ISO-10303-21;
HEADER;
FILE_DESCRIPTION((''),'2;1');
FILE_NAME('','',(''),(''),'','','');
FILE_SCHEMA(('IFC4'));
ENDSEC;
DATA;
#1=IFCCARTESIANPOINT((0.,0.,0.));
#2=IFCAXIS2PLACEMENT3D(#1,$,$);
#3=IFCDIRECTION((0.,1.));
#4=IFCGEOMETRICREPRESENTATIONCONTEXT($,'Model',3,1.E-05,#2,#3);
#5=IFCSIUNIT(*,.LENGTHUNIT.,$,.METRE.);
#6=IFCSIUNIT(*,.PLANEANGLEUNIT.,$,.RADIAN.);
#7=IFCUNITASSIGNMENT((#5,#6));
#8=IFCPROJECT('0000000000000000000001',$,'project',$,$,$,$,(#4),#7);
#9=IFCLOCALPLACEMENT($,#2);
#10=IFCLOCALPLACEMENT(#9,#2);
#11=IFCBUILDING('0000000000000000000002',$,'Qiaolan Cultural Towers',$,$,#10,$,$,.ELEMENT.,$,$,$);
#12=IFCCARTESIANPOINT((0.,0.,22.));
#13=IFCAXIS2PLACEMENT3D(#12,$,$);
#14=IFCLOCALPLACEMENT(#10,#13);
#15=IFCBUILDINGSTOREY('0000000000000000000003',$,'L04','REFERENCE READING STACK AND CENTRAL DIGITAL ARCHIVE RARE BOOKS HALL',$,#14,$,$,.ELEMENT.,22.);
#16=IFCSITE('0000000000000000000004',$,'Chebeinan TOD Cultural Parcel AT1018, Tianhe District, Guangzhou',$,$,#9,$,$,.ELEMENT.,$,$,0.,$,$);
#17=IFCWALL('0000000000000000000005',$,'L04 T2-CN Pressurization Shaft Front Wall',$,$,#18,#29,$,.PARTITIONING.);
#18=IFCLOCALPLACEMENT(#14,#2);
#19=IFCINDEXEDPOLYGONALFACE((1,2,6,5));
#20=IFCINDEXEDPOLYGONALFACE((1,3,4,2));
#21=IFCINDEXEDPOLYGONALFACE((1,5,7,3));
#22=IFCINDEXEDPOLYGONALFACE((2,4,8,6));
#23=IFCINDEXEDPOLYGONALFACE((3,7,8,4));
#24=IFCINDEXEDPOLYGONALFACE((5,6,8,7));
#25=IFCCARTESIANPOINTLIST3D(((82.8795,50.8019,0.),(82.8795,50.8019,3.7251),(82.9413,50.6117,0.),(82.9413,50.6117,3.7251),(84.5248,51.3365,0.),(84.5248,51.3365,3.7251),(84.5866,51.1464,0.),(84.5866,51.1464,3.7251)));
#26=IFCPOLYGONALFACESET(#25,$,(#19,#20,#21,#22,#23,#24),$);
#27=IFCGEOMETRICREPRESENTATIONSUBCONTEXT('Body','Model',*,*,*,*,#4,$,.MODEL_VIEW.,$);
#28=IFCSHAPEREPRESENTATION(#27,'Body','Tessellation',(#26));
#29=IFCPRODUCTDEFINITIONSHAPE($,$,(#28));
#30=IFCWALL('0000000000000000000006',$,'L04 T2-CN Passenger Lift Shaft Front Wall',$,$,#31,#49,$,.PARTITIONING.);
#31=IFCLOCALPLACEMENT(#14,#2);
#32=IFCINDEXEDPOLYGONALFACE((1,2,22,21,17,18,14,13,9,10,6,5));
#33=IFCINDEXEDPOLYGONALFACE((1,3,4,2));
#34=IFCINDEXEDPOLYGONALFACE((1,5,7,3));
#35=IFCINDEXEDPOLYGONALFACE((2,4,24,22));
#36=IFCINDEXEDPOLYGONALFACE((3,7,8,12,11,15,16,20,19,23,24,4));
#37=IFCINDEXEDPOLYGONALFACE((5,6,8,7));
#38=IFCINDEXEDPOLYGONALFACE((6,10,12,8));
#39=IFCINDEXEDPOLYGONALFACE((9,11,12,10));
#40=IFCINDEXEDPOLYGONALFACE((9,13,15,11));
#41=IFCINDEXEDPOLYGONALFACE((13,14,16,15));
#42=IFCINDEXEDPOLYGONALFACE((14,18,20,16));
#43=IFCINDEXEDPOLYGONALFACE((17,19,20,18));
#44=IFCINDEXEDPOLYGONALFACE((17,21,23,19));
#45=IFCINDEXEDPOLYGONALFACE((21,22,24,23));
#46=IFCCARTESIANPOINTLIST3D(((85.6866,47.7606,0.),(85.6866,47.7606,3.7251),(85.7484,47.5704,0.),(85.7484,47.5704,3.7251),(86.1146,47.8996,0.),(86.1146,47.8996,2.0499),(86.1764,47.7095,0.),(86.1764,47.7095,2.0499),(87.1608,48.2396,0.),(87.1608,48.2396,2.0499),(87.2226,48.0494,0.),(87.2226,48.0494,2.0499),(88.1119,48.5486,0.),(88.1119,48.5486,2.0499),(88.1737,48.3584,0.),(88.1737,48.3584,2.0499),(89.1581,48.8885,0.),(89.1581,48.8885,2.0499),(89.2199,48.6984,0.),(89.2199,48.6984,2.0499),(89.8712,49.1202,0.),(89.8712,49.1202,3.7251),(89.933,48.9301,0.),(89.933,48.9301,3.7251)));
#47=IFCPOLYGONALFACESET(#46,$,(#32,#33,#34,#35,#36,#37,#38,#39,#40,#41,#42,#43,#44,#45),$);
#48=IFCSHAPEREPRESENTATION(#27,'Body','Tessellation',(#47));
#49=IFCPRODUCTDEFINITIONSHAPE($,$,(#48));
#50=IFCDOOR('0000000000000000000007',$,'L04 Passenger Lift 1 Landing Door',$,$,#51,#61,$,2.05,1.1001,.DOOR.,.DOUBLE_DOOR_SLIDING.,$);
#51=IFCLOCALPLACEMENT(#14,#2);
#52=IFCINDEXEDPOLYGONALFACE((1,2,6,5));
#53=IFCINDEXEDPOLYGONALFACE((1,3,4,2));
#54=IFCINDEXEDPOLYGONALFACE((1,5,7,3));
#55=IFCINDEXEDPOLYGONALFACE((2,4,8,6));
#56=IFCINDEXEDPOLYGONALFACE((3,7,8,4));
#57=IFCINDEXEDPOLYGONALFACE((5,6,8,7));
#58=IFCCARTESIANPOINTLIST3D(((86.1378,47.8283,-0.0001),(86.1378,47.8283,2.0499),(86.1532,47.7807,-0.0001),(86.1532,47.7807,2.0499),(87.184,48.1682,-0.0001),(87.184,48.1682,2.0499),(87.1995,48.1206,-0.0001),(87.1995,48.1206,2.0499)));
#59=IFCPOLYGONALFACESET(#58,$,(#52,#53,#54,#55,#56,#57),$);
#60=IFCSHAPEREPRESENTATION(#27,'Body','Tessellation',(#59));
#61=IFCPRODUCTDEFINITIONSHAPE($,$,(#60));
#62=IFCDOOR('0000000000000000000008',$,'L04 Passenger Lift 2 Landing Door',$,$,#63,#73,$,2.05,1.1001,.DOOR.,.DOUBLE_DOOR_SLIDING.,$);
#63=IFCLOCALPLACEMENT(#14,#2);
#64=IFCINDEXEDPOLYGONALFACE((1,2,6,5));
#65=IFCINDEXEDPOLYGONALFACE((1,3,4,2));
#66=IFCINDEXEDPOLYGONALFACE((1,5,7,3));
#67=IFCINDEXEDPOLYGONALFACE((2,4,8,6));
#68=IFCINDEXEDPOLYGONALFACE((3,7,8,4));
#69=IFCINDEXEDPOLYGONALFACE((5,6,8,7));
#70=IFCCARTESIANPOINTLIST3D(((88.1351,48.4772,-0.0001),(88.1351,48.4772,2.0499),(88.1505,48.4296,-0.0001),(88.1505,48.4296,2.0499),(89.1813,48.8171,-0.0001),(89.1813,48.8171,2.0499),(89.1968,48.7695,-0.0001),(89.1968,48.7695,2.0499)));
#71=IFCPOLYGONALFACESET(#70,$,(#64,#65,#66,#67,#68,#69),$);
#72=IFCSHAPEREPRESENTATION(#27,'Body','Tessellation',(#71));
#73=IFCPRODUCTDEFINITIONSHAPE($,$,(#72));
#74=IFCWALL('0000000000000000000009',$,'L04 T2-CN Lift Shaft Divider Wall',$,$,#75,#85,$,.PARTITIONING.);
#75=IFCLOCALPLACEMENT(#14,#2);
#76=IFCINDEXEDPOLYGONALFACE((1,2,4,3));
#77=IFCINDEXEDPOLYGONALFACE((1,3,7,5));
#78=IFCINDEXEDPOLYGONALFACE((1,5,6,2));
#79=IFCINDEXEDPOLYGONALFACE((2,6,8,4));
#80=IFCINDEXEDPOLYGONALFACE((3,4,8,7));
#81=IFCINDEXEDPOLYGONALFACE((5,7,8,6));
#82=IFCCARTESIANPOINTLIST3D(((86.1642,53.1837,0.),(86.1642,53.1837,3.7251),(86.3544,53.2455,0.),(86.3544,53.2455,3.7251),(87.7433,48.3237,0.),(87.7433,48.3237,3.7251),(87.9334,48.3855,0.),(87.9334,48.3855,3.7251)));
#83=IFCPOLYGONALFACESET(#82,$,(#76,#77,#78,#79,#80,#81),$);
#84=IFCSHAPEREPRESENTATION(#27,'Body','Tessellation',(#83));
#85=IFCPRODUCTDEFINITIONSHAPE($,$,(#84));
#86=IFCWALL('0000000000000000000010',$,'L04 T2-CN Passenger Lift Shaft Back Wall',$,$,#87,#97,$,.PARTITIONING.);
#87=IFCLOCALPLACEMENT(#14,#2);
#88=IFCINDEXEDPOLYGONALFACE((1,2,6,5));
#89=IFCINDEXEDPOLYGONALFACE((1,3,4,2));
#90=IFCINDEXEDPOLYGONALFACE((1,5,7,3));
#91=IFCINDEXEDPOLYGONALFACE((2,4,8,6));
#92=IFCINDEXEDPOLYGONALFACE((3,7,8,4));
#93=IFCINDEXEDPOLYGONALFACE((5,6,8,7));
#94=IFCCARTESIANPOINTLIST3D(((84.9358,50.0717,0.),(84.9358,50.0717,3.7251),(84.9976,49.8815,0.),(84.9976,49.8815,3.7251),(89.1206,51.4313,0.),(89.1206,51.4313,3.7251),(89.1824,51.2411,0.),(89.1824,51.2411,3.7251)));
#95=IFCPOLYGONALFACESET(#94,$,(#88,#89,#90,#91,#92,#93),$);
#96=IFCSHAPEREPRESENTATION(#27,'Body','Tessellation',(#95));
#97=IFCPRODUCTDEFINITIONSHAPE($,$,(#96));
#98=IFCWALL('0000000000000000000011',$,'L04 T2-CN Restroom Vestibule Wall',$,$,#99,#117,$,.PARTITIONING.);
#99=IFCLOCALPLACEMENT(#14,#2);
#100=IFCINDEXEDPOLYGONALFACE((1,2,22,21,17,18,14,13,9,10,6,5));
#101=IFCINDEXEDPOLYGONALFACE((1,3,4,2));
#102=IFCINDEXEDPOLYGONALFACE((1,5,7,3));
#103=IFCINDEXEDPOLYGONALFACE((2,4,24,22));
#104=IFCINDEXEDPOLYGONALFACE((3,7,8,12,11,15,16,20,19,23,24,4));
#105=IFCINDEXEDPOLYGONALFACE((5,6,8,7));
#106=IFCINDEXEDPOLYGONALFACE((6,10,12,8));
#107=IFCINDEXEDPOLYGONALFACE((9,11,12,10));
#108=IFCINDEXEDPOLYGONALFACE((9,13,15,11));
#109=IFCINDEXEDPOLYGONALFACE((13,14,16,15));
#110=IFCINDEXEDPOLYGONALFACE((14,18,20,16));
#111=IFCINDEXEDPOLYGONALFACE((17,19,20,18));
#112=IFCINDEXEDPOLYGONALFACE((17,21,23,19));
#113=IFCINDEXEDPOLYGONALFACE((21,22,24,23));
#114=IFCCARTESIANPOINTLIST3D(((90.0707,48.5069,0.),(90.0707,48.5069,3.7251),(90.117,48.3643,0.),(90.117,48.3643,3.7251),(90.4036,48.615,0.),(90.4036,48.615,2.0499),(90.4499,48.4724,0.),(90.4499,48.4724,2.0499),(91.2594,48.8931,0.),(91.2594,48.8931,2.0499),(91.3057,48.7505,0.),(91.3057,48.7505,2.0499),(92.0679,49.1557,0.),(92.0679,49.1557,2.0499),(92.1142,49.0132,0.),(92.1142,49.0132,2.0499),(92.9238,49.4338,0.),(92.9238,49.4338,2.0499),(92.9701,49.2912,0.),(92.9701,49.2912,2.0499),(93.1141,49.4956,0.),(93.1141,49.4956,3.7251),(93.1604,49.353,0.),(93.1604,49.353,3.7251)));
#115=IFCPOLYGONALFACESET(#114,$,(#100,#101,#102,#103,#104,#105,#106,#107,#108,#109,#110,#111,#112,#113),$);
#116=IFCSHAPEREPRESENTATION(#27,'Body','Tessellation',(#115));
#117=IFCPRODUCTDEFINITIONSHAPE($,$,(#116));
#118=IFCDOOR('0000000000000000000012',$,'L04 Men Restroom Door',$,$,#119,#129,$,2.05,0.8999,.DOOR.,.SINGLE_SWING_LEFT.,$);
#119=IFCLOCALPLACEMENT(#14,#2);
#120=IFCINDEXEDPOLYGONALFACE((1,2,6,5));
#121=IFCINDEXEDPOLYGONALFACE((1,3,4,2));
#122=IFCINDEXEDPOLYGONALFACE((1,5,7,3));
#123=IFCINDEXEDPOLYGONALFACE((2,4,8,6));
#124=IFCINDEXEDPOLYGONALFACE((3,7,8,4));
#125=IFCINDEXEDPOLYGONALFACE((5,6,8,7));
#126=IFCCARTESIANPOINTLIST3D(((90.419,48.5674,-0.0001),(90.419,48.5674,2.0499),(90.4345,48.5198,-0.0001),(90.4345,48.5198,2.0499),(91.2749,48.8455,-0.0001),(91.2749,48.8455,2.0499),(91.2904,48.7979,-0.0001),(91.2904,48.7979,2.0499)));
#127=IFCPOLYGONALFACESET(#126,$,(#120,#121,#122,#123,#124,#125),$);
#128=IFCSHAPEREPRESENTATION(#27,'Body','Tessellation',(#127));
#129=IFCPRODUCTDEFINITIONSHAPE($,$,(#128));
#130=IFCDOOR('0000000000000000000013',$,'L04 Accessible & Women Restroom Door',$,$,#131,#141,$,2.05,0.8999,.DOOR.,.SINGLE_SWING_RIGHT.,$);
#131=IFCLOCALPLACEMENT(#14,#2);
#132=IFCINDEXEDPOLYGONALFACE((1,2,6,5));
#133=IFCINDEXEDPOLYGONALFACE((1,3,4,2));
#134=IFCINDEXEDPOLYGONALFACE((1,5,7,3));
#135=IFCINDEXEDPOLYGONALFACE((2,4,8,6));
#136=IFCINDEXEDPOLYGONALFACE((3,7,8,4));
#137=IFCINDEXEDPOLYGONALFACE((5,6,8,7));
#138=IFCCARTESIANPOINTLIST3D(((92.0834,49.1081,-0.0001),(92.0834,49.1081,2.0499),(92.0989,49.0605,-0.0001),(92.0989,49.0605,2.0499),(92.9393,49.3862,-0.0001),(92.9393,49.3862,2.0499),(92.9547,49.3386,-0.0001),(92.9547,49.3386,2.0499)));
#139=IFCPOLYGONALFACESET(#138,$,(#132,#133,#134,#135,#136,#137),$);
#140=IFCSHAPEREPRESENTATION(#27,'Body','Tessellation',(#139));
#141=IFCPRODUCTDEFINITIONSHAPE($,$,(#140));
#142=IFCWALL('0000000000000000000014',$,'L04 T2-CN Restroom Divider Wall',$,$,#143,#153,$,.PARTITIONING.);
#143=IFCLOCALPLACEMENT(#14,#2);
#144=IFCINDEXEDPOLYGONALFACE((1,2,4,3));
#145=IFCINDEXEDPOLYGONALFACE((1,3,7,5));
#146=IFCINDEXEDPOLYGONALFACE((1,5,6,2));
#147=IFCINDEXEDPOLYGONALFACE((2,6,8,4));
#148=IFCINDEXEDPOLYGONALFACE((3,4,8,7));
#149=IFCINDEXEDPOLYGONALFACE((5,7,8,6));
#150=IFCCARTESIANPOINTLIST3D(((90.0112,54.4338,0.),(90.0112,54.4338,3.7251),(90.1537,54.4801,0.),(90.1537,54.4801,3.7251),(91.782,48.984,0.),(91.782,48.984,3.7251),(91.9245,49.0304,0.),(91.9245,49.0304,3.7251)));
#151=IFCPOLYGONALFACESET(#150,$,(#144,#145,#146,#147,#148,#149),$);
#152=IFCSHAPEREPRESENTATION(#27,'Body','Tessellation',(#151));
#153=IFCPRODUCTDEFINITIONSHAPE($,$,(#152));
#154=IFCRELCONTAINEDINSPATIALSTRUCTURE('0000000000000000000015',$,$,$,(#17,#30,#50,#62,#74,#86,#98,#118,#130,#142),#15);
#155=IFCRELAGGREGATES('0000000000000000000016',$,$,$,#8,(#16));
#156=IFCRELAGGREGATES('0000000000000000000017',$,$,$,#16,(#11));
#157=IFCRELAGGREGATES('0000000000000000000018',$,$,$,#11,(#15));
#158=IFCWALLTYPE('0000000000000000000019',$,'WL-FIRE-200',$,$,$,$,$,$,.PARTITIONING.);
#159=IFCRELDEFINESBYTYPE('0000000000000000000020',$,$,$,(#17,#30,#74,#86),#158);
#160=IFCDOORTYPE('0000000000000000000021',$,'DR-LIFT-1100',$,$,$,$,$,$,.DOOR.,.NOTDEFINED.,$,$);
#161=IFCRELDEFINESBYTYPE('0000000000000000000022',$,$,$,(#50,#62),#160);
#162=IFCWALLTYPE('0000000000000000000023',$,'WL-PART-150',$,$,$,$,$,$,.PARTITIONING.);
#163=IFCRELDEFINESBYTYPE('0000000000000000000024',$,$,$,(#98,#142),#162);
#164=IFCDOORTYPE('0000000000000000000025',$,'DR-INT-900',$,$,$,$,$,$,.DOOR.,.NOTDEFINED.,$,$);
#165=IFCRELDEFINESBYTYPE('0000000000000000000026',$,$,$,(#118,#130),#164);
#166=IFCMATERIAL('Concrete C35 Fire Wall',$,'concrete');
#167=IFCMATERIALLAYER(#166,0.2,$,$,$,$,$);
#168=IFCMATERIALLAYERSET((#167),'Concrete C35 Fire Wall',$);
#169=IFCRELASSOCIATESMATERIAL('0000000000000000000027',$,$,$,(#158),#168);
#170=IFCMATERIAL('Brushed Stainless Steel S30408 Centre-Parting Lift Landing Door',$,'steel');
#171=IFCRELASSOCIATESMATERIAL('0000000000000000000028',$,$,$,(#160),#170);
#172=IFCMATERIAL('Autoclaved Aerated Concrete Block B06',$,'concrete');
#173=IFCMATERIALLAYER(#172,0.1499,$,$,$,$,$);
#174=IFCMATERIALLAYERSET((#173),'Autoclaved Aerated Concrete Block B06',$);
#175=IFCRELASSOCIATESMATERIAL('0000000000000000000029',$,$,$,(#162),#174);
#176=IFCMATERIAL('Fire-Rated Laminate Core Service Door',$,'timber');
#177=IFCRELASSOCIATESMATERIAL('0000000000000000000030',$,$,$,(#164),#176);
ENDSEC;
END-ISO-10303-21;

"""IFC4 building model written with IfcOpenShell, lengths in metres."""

from ifc_helpers import new_model, si_unit, direction, frame, frame_2d, origin, place, context, subcontext, project, spatial, rectangle, extrude, material, layer, layer_set, type_object, element, fill, save


model = new_model("IFC4")

# Units and contexts
model_context = context("Model", 3, precision=1e-05, world=origin(), true_north=direction((0.0, 1.0)))
body_context = subcontext(model_context, "Body", "Model", "MODEL_VIEW")
ifc_project = project(units=[si_unit("LENGTHUNIT", "METRE"), si_unit("PLANEANGLEUNIT", "RADIAN")], contexts=[model_context])

# Site, building, storey
site_placement = place(None, origin())
site = spatial("IfcSite", under=ifc_project, at=site_placement, Name="Chebeinan TOD Cultural Parcel AT1018, Tianhe District, Guangzhou", CompositionType="ELEMENT", RefElevation=0.0)
building_placement = place(site_placement, origin())
building = spatial("IfcBuilding", under=site, at=building_placement, Name="Qiaolan Cultural Towers", CompositionType="ELEMENT")
storey_placement = place(building_placement, frame((0.0, 0.0, 22.0)))
storey = spatial("IfcBuildingStorey", under=building, at=storey_placement, Name="L04", Description="REFERENCE READING STACK AND CENTRAL DIGITAL ARCHIVE RARE BOOKS HALL", CompositionType="ELEMENT", Elevation=22.0)

# Wall
ifc_material_1 = material(Name="Concrete C35 Fire Wall", Category="concrete")
ifc_layer_1 = layer(ifc_material_1, 0.2)
ifc_layer_set_1 = layer_set([ifc_layer_1], Name="Concrete C35 Fire Wall")
wall_type_1 = type_object("IfcWallType", Name="WL-FIRE-200", PredefinedType="PARTITIONING", material=ifc_layer_set_1)
wall_1_placement = place(storey_placement, frame((82.9104, 50.7068, 0.0), z_axis=(0.0, 0.0, 1.0), x_axis=(0.951041, 0.309064, 0.0)))
element("IfcWall", 1, at=wall_1_placement, inside=storey, type_object=wall_type_1, Name="L04 T2-CN Pressurization Shaft Front Wall", PredefinedType="PARTITIONING", context=body_context, shape_type="SweptSolid", body=[
    extrude(rectangle(XDim=1.73, YDim=0.2, at=frame_2d((0.865, 0.0))), origin(), (0.0, 0.0, 1.0), 3.7251),
])

# Wall, openings, doors
wall_2_placement = place(storey_placement, frame((85.7175, 47.6655, 0.0), z_axis=(0.0, 0.0, 1.0), x_axis=(0.951059, 0.309011, 0.0)))
wall_2 = element("IfcWall", 2, at=wall_2_placement, inside=storey, type_object=wall_type_1, Name="L04 T2-CN Passenger Lift Shaft Front Wall", PredefinedType="PARTITIONING", context=body_context, shape_type="SweptSolid", body=[
    extrude(rectangle(XDim=4.3999, YDim=0.2, at=frame_2d((2.2, 0.0))), origin(), (0.0, 0.0, 1.0), 3.7251),
])
opening_1_placement = place(wall_2_placement, frame((0.45, 0.0, 0.0)))
opening_1 = element("IfcOpeningElement", 3, at=opening_1_placement, cuts=wall_2, PredefinedType="OPENING", context=body_context, shape_type="SweptSolid", body=[
    extrude(rectangle(XDim=1.1001, YDim=2.05, at=frame_2d((0.55, 1.0249))), frame((0.0, 0.1099, 0.0), z_axis=(0.0, -1.0, 0.0), x_axis=(1.0, 0.0, 0.0)), (0.0, 0.0, 1.0), 0.22),
])
opening_2_placement = place(wall_2_placement, frame((2.55, 0.0, 0.0)))
opening_2 = element("IfcOpeningElement", 4, at=opening_2_placement, cuts=wall_2, PredefinedType="OPENING", context=body_context, shape_type="SweptSolid", body=[
    extrude(rectangle(XDim=1.1001, YDim=2.05, at=frame_2d((0.55, 1.0249))), frame((0.0, 0.1099, 0.0), z_axis=(0.0, -1.0, 0.0), x_axis=(1.0, 0.0, 0.0)), (0.0, 0.0, 1.0), 0.22),
])
ifc_material_2 = material(Name="Brushed Stainless Steel S30408 Centre-Parting Lift Landing Door", Category="steel")
door_type_1 = type_object("IfcDoorType", Name="DR-LIFT-1100", OperationType="NOTDEFINED", PredefinedType="DOOR", material=ifc_material_2)
door_1_placement = place(opening_1_placement, origin())
door_1 = element("IfcDoor", 5, at=door_1_placement, inside=storey, type_object=door_type_1, Name="L04 Passenger Lift 1 Landing Door", OperationType="DOUBLE_DOOR_SLIDING", OverallHeight=2.05, OverallWidth=1.1001, PredefinedType="DOOR", context=body_context, shape_type="SweptSolid", body=[
    extrude(rectangle(XDim=1.1001, YDim=2.05, at=frame_2d((0.55, 1.0249))), frame((0.0, 0.0249, 0.0), z_axis=(0.0, -1.0, 0.0), x_axis=(1.0, 0.0, 0.0)), (0.0, 0.0, 1.0), 0.05),
])
fill(opening_1, door_1)
door_2_placement = place(opening_2_placement, origin())
door_2 = element("IfcDoor", 6, at=door_2_placement, inside=storey, type_object=door_type_1, Name="L04 Passenger Lift 2 Landing Door", OperationType="DOUBLE_DOOR_SLIDING", OverallHeight=2.05, OverallWidth=1.1001, PredefinedType="DOOR", context=body_context, shape_type="SweptSolid", body=[
    extrude(rectangle(XDim=1.1001, YDim=2.05, at=frame_2d((0.55, 1.0249))), frame((0.0, 0.0249, 0.0), z_axis=(0.0, -1.0, 0.0), x_axis=(1.0, 0.0, 0.0)), (0.0, 0.0, 1.0), 0.05),
])
fill(opening_2, door_2)

# Walls
wall_3_placement = place(storey_placement, frame((87.8384, 48.3545, 0.0), z_axis=(0.0, 0.0, 1.0), x_axis=(-0.309009, 0.951059, 0.0)))
element("IfcWall", 7, at=wall_3_placement, inside=storey, type_object=wall_type_1, Name="L04 T2-CN Lift Shaft Divider Wall", PredefinedType="PARTITIONING", context=body_context, shape_type="SweptSolid", body=[
    extrude(rectangle(XDim=5.1101, YDim=0.2, at=frame_2d((2.5552, 0.0))), origin(), (0.0, 0.0, 1.0), 3.7251),
])
wall_4_placement = place(storey_placement, frame((84.9666, 49.9766, 0.0), z_axis=(0.0, 0.0, 1.0), x_axis=(0.951064, 0.308994, 0.0)))
element("IfcWall", 8, at=wall_4_placement, inside=storey, type_object=wall_type_1, Name="L04 T2-CN Passenger Lift Shaft Back Wall", PredefinedType="PARTITIONING", context=body_context, shape_type="SweptSolid", body=[
    extrude(rectangle(XDim=4.4001, YDim=0.2, at=frame_2d((2.2002, 0.0))), origin(), (0.0, 0.0, 1.0), 3.7251),
])

# Wall, openings, doors
ifc_material_3 = material(Name="Autoclaved Aerated Concrete Block B06", Category="concrete")
ifc_layer_2 = layer(ifc_material_3, 0.1499)
ifc_layer_set_2 = layer_set([ifc_layer_2], Name="Autoclaved Aerated Concrete Block B06")
wall_type_2 = type_object("IfcWallType", Name="WL-PART-150", PredefinedType="PARTITIONING", material=ifc_layer_set_2)
wall_5_placement = place(storey_placement, frame((90.0938, 48.4355, 0.0), z_axis=(0.0, 0.0, 1.0), x_axis=(0.951067, 0.308986, 0.0)))
wall_5 = element("IfcWall", 9, at=wall_5_placement, inside=storey, type_object=wall_type_2, Name="L04 T2-CN Restroom Vestibule Wall", PredefinedType="PARTITIONING", context=body_context, shape_type="SweptSolid", body=[
    extrude(rectangle(XDim=3.2, YDim=0.1499, at=frame_2d((1.6001, 0.0))), origin(), (0.0, 0.0, 1.0), 3.7251),
])
opening_3_placement = place(wall_5_placement, frame((0.3501, 0.0, 0.0)))
opening_3 = element("IfcOpeningElement", 10, at=opening_3_placement, cuts=wall_5, PredefinedType="OPENING", context=body_context, shape_type="SweptSolid", body=[
    extrude(rectangle(XDim=0.8999, YDim=2.05, at=frame_2d((0.45, 1.0249))), frame((0.0, 0.085, 0.0), z_axis=(0.0, -1.0, 0.0), x_axis=(1.0, 0.0, 0.0)), (0.0, 0.0, 1.0), 0.1699),
])
opening_4_placement = place(wall_5_placement, frame((2.1001, 0.0, 0.0)))
opening_4 = element("IfcOpeningElement", 11, at=opening_4_placement, cuts=wall_5, PredefinedType="OPENING", context=body_context, shape_type="SweptSolid", body=[
    extrude(rectangle(XDim=0.8999, YDim=2.05, at=frame_2d((0.45, 1.0249))), frame((0.0, 0.085, 0.0), z_axis=(0.0, -1.0, 0.0), x_axis=(1.0, 0.0, 0.0)), (0.0, 0.0, 1.0), 0.1699),
])
ifc_material_4 = material(Name="Fire-Rated Laminate Core Service Door", Category="timber")
door_type_2 = type_object("IfcDoorType", Name="DR-INT-900", OperationType="NOTDEFINED", PredefinedType="DOOR", material=ifc_material_4)
door_3_placement = place(opening_3_placement, origin())
door_3 = element("IfcDoor", 12, at=door_3_placement, inside=storey, type_object=door_type_2, Name="L04 Men Restroom Door", OperationType="SINGLE_SWING_LEFT", OverallHeight=2.05, OverallWidth=0.8999, PredefinedType="DOOR", context=body_context, shape_type="SweptSolid", body=[
    extrude(rectangle(XDim=0.8999, YDim=2.05, at=frame_2d((0.45, 1.0249))), frame((0.0, 0.0249, 0.0), z_axis=(0.0, -1.0, 0.0), x_axis=(1.0, 0.0, 0.0)), (0.0, 0.0, 1.0), 0.05),
])
fill(opening_3, door_3)
door_4_placement = place(opening_4_placement, origin())
door_4 = element("IfcDoor", 13, at=door_4_placement, inside=storey, type_object=door_type_2, Name="L04 Accessible & Women Restroom Door", OperationType="SINGLE_SWING_RIGHT", OverallHeight=2.05, OverallWidth=0.8999, PredefinedType="DOOR", context=body_context, shape_type="SweptSolid", body=[
    extrude(rectangle(XDim=0.8999, YDim=2.05, at=frame_2d((0.45, 1.0249))), frame((0.0, 0.0249, 0.0), z_axis=(0.0, -1.0, 0.0), x_axis=(1.0, 0.0, 0.0)), (0.0, 0.0, 1.0), 0.05),
])
fill(opening_4, door_4)

# Wall
wall_6_placement = place(storey_placement, frame((91.8533, 49.0071, 0.0), z_axis=(0.0, 0.0, 1.0), x_axis=(-0.309022, 0.951055, 0.0)))
element("IfcWall", 14, at=wall_6_placement, inside=storey, type_object=wall_type_2, Name="L04 T2-CN Restroom Divider Wall", PredefinedType="PARTITIONING", context=body_context, shape_type="SweptSolid", body=[
    extrude(rectangle(XDim=5.7302, YDim=0.1499, at=frame_2d((2.8652, 0.0))), origin(), (0.0, 0.0, 1.0), 3.7251),
])

save(model, "model.ifc")
